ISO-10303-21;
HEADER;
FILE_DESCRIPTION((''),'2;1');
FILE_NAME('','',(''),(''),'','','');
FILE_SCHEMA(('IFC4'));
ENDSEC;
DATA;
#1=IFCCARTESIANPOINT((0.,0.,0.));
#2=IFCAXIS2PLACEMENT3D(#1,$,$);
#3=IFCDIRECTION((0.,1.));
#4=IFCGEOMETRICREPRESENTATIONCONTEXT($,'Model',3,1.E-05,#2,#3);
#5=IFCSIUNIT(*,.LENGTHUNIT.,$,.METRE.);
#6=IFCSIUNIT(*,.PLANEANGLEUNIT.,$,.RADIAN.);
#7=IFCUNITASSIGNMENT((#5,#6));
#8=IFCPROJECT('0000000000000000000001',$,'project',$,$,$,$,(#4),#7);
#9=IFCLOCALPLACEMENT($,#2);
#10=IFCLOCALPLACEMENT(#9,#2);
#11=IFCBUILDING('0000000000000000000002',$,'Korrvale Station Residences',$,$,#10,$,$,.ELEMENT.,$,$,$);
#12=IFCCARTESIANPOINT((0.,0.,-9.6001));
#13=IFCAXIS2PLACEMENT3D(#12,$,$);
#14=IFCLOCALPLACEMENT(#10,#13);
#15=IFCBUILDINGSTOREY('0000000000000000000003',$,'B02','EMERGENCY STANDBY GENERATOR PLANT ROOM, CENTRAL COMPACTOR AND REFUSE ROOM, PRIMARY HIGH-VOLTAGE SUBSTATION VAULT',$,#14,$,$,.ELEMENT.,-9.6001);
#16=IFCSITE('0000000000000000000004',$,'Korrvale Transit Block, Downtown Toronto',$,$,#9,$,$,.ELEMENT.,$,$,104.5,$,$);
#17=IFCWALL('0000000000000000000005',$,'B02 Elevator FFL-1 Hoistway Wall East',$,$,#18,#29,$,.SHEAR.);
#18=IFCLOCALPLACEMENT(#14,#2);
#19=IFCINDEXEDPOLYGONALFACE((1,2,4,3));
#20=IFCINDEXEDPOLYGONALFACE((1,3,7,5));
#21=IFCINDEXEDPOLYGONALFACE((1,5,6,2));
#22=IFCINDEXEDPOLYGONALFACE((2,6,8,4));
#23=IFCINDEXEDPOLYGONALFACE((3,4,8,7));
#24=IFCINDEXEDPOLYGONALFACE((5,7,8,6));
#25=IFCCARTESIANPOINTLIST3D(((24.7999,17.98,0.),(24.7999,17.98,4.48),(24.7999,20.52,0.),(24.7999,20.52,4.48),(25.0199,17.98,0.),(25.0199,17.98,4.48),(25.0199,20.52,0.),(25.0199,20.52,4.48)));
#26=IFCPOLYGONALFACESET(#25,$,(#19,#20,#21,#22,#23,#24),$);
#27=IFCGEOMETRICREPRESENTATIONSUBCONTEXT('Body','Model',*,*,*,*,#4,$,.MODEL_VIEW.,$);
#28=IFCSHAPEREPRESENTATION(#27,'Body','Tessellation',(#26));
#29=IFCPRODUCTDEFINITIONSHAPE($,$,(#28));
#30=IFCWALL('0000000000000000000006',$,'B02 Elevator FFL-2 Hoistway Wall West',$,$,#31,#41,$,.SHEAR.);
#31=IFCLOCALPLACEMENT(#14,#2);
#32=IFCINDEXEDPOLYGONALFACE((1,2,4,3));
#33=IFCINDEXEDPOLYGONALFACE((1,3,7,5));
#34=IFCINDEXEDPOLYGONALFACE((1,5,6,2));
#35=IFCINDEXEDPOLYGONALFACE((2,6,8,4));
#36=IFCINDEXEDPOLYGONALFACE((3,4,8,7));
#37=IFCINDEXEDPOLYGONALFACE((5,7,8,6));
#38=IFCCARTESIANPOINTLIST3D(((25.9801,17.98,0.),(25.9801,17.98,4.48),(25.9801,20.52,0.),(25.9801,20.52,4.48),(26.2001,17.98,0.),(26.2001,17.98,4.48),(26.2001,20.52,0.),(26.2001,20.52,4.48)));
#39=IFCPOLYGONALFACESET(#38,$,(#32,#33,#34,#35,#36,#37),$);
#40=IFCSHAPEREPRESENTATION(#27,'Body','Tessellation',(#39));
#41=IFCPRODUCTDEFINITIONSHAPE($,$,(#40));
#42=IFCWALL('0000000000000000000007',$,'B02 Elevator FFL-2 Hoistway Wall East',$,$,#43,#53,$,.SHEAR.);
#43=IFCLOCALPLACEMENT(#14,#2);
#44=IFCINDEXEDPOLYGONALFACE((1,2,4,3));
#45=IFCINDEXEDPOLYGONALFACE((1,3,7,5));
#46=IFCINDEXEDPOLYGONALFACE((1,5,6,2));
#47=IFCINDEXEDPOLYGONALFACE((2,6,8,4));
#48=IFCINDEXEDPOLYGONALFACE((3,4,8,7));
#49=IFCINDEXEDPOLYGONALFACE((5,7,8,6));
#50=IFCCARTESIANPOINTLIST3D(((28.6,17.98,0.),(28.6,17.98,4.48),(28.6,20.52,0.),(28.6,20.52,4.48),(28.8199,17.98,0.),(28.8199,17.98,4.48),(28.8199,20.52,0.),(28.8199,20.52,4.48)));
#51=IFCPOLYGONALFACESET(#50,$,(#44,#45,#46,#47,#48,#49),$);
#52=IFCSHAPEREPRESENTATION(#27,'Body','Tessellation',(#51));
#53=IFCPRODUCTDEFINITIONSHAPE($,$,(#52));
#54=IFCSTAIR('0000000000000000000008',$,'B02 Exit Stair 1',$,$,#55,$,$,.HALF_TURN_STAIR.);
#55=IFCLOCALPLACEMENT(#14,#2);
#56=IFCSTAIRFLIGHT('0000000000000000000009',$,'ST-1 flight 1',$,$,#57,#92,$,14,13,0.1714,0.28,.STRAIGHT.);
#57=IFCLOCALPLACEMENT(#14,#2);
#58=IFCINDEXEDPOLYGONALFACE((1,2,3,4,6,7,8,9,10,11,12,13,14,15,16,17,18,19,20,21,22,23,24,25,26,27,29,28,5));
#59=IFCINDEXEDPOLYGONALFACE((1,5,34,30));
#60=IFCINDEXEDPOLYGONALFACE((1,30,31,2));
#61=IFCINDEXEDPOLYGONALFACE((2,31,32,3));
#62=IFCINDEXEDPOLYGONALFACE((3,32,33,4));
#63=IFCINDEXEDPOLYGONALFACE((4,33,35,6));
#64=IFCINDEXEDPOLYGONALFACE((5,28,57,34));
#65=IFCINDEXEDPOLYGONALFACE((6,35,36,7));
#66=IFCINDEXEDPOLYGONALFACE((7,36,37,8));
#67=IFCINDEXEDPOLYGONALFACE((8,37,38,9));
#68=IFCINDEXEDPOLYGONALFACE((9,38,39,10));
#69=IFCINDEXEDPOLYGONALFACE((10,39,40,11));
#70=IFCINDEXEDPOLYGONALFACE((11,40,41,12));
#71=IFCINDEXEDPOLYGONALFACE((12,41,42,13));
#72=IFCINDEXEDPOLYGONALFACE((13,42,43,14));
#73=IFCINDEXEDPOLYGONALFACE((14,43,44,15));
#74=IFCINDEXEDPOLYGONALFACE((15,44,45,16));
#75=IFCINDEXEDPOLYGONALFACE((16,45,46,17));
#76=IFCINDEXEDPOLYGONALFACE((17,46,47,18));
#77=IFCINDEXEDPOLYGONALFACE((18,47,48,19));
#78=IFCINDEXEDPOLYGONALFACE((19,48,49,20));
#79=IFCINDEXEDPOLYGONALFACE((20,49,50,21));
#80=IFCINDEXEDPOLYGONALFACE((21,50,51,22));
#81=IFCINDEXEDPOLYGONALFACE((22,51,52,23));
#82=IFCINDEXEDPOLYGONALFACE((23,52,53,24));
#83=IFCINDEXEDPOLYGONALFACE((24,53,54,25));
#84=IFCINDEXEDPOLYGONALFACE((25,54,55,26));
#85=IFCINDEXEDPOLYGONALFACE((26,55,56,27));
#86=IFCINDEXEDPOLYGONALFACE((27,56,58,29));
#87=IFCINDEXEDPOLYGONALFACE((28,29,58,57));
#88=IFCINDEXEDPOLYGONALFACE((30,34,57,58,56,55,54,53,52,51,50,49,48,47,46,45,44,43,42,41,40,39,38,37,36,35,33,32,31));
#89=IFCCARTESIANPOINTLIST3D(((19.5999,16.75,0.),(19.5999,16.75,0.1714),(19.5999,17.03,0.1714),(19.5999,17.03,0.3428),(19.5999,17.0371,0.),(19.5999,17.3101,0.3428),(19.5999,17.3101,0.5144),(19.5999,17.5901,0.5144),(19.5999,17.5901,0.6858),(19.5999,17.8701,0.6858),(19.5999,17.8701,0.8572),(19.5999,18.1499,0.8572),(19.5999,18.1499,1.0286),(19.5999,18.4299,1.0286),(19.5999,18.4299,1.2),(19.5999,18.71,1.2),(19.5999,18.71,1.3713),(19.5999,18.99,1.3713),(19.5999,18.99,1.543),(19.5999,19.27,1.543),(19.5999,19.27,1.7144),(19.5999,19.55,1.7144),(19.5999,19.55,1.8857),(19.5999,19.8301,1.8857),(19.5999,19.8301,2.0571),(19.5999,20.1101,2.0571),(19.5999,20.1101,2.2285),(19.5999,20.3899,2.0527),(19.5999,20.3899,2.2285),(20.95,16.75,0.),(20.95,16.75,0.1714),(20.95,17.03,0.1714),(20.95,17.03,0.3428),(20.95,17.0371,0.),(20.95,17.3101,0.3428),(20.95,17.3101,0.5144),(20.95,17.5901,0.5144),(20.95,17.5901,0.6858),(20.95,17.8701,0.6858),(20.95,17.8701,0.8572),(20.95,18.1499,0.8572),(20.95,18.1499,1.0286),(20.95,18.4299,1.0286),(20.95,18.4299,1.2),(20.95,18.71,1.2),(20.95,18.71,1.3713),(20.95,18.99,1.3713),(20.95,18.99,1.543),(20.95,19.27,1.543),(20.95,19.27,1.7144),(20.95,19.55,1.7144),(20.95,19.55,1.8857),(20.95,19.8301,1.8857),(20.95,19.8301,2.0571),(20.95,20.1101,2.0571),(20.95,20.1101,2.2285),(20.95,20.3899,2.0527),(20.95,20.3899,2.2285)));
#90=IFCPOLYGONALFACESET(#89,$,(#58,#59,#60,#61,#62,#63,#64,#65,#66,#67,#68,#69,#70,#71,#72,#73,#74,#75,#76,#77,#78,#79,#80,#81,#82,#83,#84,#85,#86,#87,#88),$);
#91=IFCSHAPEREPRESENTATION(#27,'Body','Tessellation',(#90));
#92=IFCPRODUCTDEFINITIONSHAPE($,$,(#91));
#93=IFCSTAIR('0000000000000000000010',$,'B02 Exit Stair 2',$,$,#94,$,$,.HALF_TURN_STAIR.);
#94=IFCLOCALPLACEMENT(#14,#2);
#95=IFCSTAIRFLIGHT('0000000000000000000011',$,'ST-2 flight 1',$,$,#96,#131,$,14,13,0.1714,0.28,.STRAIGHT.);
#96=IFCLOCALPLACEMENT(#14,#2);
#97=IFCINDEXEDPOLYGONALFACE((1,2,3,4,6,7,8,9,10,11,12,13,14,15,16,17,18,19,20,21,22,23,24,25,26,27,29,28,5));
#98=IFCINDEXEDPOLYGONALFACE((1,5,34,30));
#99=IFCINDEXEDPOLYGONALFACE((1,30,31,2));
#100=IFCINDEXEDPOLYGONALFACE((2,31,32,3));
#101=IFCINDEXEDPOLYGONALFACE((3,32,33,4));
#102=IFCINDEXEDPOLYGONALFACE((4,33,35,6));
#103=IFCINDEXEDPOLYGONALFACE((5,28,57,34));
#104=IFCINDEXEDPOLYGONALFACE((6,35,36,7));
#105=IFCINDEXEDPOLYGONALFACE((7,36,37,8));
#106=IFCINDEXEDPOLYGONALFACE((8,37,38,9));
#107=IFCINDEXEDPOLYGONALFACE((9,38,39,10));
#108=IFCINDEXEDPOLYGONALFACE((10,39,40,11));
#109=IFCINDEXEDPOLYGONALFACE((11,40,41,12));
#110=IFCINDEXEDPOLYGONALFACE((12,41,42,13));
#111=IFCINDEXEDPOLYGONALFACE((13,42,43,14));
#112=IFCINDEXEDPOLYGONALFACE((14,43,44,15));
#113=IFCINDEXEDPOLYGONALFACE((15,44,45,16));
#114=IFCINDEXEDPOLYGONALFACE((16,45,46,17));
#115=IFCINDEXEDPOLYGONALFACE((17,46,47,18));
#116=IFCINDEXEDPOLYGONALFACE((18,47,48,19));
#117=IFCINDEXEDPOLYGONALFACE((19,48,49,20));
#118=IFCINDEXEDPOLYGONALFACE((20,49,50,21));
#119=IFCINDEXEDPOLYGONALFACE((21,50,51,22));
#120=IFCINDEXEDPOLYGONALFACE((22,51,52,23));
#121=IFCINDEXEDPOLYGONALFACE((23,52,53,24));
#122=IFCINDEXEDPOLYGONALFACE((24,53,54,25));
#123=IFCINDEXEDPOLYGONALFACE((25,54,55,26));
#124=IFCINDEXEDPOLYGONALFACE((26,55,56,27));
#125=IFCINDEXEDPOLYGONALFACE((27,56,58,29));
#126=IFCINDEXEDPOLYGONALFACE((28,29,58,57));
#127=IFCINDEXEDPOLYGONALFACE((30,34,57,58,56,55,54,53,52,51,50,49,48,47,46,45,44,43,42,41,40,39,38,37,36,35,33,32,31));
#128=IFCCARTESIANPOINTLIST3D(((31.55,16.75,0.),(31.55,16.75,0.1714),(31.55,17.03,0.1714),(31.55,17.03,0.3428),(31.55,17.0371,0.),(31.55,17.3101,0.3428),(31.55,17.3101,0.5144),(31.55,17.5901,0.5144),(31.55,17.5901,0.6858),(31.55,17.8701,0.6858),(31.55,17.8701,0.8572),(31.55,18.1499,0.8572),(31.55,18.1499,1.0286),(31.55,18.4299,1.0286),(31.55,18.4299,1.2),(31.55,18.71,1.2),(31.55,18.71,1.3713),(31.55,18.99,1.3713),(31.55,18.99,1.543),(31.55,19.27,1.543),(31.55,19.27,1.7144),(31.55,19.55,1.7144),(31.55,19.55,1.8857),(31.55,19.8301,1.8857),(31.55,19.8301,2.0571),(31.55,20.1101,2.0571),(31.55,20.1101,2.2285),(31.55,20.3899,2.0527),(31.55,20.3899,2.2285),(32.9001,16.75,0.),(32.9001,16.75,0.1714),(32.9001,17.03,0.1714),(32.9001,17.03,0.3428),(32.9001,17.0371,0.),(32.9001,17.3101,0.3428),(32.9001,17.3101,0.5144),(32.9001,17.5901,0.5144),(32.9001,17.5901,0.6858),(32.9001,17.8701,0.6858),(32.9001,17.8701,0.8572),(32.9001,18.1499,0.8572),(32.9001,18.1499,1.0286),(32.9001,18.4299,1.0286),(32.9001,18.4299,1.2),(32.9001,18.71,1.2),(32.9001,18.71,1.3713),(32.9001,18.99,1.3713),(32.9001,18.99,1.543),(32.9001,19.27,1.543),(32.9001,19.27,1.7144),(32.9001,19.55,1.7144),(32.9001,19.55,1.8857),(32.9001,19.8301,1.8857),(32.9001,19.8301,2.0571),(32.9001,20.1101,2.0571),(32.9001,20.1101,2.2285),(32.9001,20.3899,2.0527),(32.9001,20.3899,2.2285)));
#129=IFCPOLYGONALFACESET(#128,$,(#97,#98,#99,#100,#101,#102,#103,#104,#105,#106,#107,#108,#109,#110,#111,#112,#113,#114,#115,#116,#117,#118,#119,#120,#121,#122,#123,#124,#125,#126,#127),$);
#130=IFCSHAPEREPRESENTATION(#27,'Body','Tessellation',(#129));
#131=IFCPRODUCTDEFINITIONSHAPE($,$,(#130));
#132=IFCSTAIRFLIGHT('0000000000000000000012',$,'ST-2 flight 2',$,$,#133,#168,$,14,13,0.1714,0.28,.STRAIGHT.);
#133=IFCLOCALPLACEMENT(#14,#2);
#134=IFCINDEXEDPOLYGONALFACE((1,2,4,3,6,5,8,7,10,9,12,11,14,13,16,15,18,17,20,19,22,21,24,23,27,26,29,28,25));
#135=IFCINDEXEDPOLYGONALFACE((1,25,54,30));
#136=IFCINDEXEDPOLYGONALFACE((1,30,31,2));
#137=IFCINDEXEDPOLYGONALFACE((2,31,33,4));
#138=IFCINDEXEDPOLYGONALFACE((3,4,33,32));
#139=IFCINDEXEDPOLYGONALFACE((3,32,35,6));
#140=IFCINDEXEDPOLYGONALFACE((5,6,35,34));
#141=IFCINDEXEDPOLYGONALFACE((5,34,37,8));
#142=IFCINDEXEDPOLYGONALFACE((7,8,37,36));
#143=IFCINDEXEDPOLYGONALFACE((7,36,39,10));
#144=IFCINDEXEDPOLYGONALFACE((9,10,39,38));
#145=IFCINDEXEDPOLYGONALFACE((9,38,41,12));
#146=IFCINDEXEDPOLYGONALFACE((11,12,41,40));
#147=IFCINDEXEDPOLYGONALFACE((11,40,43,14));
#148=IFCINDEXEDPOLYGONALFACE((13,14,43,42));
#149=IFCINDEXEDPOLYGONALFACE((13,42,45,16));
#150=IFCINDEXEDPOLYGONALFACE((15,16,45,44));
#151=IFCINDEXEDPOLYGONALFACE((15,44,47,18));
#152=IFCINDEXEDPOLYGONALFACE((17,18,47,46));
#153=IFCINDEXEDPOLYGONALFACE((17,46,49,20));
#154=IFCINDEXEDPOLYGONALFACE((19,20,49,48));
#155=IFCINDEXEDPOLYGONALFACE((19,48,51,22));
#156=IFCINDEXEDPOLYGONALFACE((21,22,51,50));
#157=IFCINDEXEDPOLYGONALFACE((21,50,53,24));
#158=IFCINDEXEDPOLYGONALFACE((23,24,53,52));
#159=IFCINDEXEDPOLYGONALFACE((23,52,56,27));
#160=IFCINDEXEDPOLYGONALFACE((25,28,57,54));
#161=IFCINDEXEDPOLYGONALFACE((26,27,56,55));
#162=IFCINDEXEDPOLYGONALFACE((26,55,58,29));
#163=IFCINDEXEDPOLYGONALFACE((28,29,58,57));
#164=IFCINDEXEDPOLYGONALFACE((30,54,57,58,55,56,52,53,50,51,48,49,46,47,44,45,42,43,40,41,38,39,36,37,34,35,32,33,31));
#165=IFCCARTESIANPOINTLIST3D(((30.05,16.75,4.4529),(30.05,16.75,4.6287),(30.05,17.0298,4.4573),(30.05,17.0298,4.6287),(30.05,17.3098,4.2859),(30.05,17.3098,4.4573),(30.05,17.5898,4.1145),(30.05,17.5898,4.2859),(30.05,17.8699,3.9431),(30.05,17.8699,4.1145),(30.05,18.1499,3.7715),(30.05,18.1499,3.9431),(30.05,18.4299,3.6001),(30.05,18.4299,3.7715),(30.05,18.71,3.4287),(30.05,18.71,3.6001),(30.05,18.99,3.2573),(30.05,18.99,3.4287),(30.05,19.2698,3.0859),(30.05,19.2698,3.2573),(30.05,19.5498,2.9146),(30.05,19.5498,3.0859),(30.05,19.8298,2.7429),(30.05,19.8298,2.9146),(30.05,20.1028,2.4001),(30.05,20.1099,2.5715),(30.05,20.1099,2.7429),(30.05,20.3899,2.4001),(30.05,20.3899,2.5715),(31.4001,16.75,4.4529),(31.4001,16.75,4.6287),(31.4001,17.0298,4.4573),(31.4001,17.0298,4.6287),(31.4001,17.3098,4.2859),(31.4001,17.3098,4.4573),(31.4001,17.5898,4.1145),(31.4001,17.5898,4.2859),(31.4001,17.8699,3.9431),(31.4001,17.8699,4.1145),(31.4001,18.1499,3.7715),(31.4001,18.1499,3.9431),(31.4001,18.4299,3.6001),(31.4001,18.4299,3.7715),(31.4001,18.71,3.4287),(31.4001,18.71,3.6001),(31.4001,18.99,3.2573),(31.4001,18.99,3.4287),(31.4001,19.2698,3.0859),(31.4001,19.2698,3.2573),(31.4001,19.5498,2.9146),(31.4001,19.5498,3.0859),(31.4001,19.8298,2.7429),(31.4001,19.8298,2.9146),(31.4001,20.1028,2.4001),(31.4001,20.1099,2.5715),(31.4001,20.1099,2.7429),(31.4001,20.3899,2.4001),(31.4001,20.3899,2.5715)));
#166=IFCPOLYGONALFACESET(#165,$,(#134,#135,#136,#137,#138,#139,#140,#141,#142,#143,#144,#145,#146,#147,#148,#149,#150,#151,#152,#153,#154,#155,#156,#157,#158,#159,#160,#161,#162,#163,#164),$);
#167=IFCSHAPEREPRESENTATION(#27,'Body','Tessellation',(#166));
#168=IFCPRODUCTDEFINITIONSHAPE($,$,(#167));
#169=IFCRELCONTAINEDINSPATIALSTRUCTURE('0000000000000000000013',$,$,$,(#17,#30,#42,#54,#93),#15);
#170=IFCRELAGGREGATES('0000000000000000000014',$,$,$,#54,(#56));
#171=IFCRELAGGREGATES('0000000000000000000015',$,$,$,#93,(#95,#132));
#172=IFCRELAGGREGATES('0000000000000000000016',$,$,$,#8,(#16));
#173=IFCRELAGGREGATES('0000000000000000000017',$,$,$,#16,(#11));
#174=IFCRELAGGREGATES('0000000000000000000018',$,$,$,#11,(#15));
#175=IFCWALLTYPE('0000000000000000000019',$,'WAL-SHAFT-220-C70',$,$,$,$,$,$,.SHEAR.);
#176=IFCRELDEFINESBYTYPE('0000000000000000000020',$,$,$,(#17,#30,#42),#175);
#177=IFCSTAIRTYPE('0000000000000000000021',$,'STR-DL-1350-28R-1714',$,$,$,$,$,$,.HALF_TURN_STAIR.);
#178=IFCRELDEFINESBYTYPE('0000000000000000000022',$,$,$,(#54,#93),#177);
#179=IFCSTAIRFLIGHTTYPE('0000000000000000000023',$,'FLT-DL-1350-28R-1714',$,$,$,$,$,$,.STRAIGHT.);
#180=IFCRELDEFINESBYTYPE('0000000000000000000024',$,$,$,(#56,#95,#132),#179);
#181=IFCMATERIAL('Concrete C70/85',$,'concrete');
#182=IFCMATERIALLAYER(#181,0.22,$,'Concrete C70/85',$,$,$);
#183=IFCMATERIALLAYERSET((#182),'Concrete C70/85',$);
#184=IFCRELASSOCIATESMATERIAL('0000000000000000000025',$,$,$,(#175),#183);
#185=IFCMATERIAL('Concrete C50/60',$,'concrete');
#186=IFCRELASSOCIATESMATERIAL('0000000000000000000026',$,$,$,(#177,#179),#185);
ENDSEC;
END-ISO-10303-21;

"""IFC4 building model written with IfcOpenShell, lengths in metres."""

from ifc_helpers import new_model, si_unit, direction, frame, frame_2d, origin, place, context, subcontext, project, spatial, polyline, rectangle, outline, extrude, material, layer, layer_set, type_object, element, aggregate, save


model = new_model("IFC4")

# Units and contexts
model_context = context("Model", 3, precision=1e-05, world=origin(), true_north=direction((0.0, 1.0)))
body_context = subcontext(model_context, "Body", "Model", "MODEL_VIEW")
ifc_project = project(units=[si_unit("LENGTHUNIT", "METRE"), si_unit("PLANEANGLEUNIT", "RADIAN")], contexts=[model_context])

# Site, building, storey
site_placement = place(None, origin())
site = spatial("IfcSite", under=ifc_project, at=site_placement, Name="Korrvale Transit Block, Downtown Toronto", CompositionType="ELEMENT", RefElevation=104.5)
building_placement = place(site_placement, origin())
building = spatial("IfcBuilding", under=site, at=building_placement, Name="Korrvale Station Residences", CompositionType="ELEMENT")
storey_placement = place(building_placement, frame((0.0, 0.0, -9.6001)))
storey = spatial("IfcBuildingStorey", under=building, at=storey_placement, Name="B02", Description="EMERGENCY STANDBY GENERATOR PLANT ROOM, CENTRAL COMPACTOR AND REFUSE ROOM, PRIMARY HIGH-VOLTAGE SUBSTATION VAULT", CompositionType="ELEMENT", Elevation=-9.6001)

# Shared definitions
ifc_material_1 = material(Name="Concrete C50/60", Category="concrete")

# Shared definitions
ifc_material_2 = material(Name="Concrete C70/85", Category="concrete")
ifc_layer_1 = layer(ifc_material_2, 0.22, Name="Concrete C70/85")
ifc_layer_set_1 = layer_set([ifc_layer_1], Name="Concrete C70/85")
wall_type_1 = type_object("IfcWallType", Name="WAL-SHAFT-220-C70", PredefinedType="SHEAR", material=ifc_layer_set_1)

# Wall
for number, where, z_axis, x_axis, name in (
    (1, (24.9099, 17.98, 0.0), (0.0, 0.0, 1.0), (0.0, 1.0, 0.0), "B02 Elevator FFL-1 Hoistway Wall East"),
):
    element("IfcWall", number, at=place(storey_placement, frame(where, z_axis=z_axis, x_axis=x_axis)), inside=storey, type_object=wall_type_1, Name=name, PredefinedType="SHEAR", context=body_context, shape_type="SweptSolid", body=[
        extrude(rectangle(XDim=2.54, YDim=0.22, at=frame_2d((1.27, 0.0))), origin(), (0.0, 0.0, 1.0), 4.48),
    ])

# Walls
for number, where, z_axis, x_axis, name in (
    (2, (26.0901, 17.98, 0.0), (0.0, 0.0, 1.0), (0.0, 1.0, 0.0), "B02 Elevator FFL-2 Hoistway Wall West"),
    (3, (28.71, 17.98, 0.0), (0.0, 0.0, 1.0), (0.0, 1.0, 0.0), "B02 Elevator FFL-2 Hoistway Wall East"),
):
    element("IfcWall", number, at=place(storey_placement, frame(where, z_axis=z_axis, x_axis=x_axis)), inside=storey, type_object=wall_type_1, Name=name, PredefinedType="SHEAR", context=body_context, shape_type="SweptSolid", body=[
        extrude(rectangle(XDim=2.54, YDim=0.22, at=frame_2d((1.27, 0.0))), origin(), (0.0, 0.0, 1.0), 4.48),
    ])

# Stair, stair flight
stair_type = type_object("IfcStairType", Name="STR-DL-1350-28R-1714", PredefinedType="HALF_TURN_STAIR", material=ifc_material_1)
stair_1_placement = place(storey_placement, origin())
stair_1 = element("IfcStair", 4, at=stair_1_placement, inside=storey, type_object=stair_type, Name="B02 Exit Stair 1", PredefinedType="HALF_TURN_STAIR")
stair_flight_type = type_object("IfcStairFlightType", Name="FLT-DL-1350-28R-1714", PredefinedType="STRAIGHT", material=ifc_material_1)
stair_flight_1_placement = place(storey_placement, frame((20.2749, 16.75, 0.0), z_axis=(0.0, 0.0, 1.0), x_axis=(0.0, 1.0, 0.0)))
stair_flight_1 = element("IfcStairFlight", 5, at=stair_flight_1_placement, type_object=stair_flight_type, Name="ST-1 flight 1", NumberOfRisers=14, NumberOfTreads=13, PredefinedType="STRAIGHT", RiserHeight=0.1714, TreadLength=0.28, context=body_context, shape_type="SweptSolid", body=[
    extrude(outline(polyline([(0.0, 0.0), (0.0, 0.1714), (0.28, 0.1714), (0.28, 0.3428), (0.5601, 0.3428), (0.5601, 0.5144), (0.8401, 0.5144), (0.8401, 0.6858), (1.1201, 0.6858), (1.1201, 0.8572), (1.3999, 0.8572), (1.3999, 1.0286), (1.6799, 1.0286), (1.6799, 1.2), (1.96, 1.2), (1.96, 1.3713), (2.24, 1.3713), (2.24, 1.543), (2.52, 1.543), (2.52, 1.7144), (2.8, 1.7144), (2.8, 1.8857), (3.0801, 1.8857), (3.0801, 2.0571), (3.3601, 2.0571), (3.3601, 2.2285), (3.6399, 2.2285), (3.6399, 2.3999), (3.6399, 2.0527), (0.2871, 0.0), (0.0, 0.0)])), frame((0.0, 0.675, 0.0), z_axis=(0.0, -1.0, 0.0), x_axis=(1.0, 0.0, 0.0)), (0.0, 0.0, 1.0), 1.3501),
])
aggregate(stair_1, [stair_flight_1])

# Stair, stair flights
stair_2_placement = place(storey_placement, origin())
stair_2 = element("IfcStair", 6, at=stair_2_placement, inside=storey, type_object=stair_type, Name="B02 Exit Stair 2", PredefinedType="HALF_TURN_STAIR")
stair_flight_2_placement = place(storey_placement, frame((32.2251, 16.75, 0.0), z_axis=(0.0, 0.0, 1.0), x_axis=(0.0, 1.0, 0.0)))
stair_flight_2 = element("IfcStairFlight", 7, at=stair_flight_2_placement, type_object=stair_flight_type, Name="ST-2 flight 1", NumberOfRisers=14, NumberOfTreads=13, PredefinedType="STRAIGHT", RiserHeight=0.1714, TreadLength=0.28, context=body_context, shape_type="SweptSolid", body=[
    extrude(outline(polyline([(0.0, 0.0), (0.0, 0.1714), (0.28, 0.1714), (0.28, 0.3428), (0.5601, 0.3428), (0.5601, 0.5144), (0.8401, 0.5144), (0.8401, 0.6858), (1.1201, 0.6858), (1.1201, 0.8572), (1.3999, 0.8572), (1.3999, 1.0286), (1.6799, 1.0286), (1.6799, 1.2), (1.96, 1.2), (1.96, 1.3713), (2.24, 1.3713), (2.24, 1.543), (2.52, 1.543), (2.52, 1.7144), (2.8, 1.7144), (2.8, 1.8857), (3.0801, 1.8857), (3.0801, 2.0571), (3.3601, 2.0571), (3.3601, 2.2285), (3.6399, 2.2285), (3.6399, 2.3999), (3.6399, 2.0527), (0.2871, 0.0), (0.0, 0.0)])), frame((0.0, 0.675, 0.0), z_axis=(0.0, -1.0, 0.0), x_axis=(1.0, 0.0, 0.0)), (0.0, 0.0, 1.0), 1.3501),
])
stair_flight_3_placement = place(storey_placement, frame((30.7251, 20.3899, 2.4001), z_axis=(0.0, 0.0, 1.0), x_axis=(0.0, -1.0, 0.0)))
stair_flight_3 = element("IfcStairFlight", 8, at=stair_flight_3_placement, type_object=stair_flight_type, Name="ST-2 flight 2", NumberOfRisers=14, NumberOfTreads=13, PredefinedType="STRAIGHT", RiserHeight=0.1714, TreadLength=0.28, context=body_context, shape_type="SweptSolid", body=[
    extrude(outline(polyline([(0.0, 0.0), (0.0, 0.1714), (0.28, 0.1714), (0.28, 0.3428), (0.5601, 0.3428), (0.5601, 0.5144), (0.8401, 0.5144), (0.8401, 0.6858), (1.1201, 0.6858), (1.1201, 0.8572), (1.3999, 0.8572), (1.3999, 1.0286), (1.6799, 1.0286), (1.6799, 1.2), (1.96, 1.2), (1.96, 1.3713), (2.24, 1.3713), (2.24, 1.543), (2.52, 1.543), (2.52, 1.7144), (2.8, 1.7144), (2.8, 1.8857), (3.0801, 1.8857), (3.0801, 2.0571), (3.3601, 2.0571), (3.3601, 2.2285), (3.6399, 2.2285), (3.6399, 2.3999), (3.6399, 2.0527), (0.2871, 0.0), (0.0, 0.0)])), frame((0.0, 0.675, 0.0), z_axis=(0.0, -1.0, 0.0), x_axis=(1.0, 0.0, 0.0)), (0.0, 0.0, 1.0), 1.3501),
])
aggregate(stair_2, [stair_flight_2, stair_flight_3])

save(model, "model.ifc")
